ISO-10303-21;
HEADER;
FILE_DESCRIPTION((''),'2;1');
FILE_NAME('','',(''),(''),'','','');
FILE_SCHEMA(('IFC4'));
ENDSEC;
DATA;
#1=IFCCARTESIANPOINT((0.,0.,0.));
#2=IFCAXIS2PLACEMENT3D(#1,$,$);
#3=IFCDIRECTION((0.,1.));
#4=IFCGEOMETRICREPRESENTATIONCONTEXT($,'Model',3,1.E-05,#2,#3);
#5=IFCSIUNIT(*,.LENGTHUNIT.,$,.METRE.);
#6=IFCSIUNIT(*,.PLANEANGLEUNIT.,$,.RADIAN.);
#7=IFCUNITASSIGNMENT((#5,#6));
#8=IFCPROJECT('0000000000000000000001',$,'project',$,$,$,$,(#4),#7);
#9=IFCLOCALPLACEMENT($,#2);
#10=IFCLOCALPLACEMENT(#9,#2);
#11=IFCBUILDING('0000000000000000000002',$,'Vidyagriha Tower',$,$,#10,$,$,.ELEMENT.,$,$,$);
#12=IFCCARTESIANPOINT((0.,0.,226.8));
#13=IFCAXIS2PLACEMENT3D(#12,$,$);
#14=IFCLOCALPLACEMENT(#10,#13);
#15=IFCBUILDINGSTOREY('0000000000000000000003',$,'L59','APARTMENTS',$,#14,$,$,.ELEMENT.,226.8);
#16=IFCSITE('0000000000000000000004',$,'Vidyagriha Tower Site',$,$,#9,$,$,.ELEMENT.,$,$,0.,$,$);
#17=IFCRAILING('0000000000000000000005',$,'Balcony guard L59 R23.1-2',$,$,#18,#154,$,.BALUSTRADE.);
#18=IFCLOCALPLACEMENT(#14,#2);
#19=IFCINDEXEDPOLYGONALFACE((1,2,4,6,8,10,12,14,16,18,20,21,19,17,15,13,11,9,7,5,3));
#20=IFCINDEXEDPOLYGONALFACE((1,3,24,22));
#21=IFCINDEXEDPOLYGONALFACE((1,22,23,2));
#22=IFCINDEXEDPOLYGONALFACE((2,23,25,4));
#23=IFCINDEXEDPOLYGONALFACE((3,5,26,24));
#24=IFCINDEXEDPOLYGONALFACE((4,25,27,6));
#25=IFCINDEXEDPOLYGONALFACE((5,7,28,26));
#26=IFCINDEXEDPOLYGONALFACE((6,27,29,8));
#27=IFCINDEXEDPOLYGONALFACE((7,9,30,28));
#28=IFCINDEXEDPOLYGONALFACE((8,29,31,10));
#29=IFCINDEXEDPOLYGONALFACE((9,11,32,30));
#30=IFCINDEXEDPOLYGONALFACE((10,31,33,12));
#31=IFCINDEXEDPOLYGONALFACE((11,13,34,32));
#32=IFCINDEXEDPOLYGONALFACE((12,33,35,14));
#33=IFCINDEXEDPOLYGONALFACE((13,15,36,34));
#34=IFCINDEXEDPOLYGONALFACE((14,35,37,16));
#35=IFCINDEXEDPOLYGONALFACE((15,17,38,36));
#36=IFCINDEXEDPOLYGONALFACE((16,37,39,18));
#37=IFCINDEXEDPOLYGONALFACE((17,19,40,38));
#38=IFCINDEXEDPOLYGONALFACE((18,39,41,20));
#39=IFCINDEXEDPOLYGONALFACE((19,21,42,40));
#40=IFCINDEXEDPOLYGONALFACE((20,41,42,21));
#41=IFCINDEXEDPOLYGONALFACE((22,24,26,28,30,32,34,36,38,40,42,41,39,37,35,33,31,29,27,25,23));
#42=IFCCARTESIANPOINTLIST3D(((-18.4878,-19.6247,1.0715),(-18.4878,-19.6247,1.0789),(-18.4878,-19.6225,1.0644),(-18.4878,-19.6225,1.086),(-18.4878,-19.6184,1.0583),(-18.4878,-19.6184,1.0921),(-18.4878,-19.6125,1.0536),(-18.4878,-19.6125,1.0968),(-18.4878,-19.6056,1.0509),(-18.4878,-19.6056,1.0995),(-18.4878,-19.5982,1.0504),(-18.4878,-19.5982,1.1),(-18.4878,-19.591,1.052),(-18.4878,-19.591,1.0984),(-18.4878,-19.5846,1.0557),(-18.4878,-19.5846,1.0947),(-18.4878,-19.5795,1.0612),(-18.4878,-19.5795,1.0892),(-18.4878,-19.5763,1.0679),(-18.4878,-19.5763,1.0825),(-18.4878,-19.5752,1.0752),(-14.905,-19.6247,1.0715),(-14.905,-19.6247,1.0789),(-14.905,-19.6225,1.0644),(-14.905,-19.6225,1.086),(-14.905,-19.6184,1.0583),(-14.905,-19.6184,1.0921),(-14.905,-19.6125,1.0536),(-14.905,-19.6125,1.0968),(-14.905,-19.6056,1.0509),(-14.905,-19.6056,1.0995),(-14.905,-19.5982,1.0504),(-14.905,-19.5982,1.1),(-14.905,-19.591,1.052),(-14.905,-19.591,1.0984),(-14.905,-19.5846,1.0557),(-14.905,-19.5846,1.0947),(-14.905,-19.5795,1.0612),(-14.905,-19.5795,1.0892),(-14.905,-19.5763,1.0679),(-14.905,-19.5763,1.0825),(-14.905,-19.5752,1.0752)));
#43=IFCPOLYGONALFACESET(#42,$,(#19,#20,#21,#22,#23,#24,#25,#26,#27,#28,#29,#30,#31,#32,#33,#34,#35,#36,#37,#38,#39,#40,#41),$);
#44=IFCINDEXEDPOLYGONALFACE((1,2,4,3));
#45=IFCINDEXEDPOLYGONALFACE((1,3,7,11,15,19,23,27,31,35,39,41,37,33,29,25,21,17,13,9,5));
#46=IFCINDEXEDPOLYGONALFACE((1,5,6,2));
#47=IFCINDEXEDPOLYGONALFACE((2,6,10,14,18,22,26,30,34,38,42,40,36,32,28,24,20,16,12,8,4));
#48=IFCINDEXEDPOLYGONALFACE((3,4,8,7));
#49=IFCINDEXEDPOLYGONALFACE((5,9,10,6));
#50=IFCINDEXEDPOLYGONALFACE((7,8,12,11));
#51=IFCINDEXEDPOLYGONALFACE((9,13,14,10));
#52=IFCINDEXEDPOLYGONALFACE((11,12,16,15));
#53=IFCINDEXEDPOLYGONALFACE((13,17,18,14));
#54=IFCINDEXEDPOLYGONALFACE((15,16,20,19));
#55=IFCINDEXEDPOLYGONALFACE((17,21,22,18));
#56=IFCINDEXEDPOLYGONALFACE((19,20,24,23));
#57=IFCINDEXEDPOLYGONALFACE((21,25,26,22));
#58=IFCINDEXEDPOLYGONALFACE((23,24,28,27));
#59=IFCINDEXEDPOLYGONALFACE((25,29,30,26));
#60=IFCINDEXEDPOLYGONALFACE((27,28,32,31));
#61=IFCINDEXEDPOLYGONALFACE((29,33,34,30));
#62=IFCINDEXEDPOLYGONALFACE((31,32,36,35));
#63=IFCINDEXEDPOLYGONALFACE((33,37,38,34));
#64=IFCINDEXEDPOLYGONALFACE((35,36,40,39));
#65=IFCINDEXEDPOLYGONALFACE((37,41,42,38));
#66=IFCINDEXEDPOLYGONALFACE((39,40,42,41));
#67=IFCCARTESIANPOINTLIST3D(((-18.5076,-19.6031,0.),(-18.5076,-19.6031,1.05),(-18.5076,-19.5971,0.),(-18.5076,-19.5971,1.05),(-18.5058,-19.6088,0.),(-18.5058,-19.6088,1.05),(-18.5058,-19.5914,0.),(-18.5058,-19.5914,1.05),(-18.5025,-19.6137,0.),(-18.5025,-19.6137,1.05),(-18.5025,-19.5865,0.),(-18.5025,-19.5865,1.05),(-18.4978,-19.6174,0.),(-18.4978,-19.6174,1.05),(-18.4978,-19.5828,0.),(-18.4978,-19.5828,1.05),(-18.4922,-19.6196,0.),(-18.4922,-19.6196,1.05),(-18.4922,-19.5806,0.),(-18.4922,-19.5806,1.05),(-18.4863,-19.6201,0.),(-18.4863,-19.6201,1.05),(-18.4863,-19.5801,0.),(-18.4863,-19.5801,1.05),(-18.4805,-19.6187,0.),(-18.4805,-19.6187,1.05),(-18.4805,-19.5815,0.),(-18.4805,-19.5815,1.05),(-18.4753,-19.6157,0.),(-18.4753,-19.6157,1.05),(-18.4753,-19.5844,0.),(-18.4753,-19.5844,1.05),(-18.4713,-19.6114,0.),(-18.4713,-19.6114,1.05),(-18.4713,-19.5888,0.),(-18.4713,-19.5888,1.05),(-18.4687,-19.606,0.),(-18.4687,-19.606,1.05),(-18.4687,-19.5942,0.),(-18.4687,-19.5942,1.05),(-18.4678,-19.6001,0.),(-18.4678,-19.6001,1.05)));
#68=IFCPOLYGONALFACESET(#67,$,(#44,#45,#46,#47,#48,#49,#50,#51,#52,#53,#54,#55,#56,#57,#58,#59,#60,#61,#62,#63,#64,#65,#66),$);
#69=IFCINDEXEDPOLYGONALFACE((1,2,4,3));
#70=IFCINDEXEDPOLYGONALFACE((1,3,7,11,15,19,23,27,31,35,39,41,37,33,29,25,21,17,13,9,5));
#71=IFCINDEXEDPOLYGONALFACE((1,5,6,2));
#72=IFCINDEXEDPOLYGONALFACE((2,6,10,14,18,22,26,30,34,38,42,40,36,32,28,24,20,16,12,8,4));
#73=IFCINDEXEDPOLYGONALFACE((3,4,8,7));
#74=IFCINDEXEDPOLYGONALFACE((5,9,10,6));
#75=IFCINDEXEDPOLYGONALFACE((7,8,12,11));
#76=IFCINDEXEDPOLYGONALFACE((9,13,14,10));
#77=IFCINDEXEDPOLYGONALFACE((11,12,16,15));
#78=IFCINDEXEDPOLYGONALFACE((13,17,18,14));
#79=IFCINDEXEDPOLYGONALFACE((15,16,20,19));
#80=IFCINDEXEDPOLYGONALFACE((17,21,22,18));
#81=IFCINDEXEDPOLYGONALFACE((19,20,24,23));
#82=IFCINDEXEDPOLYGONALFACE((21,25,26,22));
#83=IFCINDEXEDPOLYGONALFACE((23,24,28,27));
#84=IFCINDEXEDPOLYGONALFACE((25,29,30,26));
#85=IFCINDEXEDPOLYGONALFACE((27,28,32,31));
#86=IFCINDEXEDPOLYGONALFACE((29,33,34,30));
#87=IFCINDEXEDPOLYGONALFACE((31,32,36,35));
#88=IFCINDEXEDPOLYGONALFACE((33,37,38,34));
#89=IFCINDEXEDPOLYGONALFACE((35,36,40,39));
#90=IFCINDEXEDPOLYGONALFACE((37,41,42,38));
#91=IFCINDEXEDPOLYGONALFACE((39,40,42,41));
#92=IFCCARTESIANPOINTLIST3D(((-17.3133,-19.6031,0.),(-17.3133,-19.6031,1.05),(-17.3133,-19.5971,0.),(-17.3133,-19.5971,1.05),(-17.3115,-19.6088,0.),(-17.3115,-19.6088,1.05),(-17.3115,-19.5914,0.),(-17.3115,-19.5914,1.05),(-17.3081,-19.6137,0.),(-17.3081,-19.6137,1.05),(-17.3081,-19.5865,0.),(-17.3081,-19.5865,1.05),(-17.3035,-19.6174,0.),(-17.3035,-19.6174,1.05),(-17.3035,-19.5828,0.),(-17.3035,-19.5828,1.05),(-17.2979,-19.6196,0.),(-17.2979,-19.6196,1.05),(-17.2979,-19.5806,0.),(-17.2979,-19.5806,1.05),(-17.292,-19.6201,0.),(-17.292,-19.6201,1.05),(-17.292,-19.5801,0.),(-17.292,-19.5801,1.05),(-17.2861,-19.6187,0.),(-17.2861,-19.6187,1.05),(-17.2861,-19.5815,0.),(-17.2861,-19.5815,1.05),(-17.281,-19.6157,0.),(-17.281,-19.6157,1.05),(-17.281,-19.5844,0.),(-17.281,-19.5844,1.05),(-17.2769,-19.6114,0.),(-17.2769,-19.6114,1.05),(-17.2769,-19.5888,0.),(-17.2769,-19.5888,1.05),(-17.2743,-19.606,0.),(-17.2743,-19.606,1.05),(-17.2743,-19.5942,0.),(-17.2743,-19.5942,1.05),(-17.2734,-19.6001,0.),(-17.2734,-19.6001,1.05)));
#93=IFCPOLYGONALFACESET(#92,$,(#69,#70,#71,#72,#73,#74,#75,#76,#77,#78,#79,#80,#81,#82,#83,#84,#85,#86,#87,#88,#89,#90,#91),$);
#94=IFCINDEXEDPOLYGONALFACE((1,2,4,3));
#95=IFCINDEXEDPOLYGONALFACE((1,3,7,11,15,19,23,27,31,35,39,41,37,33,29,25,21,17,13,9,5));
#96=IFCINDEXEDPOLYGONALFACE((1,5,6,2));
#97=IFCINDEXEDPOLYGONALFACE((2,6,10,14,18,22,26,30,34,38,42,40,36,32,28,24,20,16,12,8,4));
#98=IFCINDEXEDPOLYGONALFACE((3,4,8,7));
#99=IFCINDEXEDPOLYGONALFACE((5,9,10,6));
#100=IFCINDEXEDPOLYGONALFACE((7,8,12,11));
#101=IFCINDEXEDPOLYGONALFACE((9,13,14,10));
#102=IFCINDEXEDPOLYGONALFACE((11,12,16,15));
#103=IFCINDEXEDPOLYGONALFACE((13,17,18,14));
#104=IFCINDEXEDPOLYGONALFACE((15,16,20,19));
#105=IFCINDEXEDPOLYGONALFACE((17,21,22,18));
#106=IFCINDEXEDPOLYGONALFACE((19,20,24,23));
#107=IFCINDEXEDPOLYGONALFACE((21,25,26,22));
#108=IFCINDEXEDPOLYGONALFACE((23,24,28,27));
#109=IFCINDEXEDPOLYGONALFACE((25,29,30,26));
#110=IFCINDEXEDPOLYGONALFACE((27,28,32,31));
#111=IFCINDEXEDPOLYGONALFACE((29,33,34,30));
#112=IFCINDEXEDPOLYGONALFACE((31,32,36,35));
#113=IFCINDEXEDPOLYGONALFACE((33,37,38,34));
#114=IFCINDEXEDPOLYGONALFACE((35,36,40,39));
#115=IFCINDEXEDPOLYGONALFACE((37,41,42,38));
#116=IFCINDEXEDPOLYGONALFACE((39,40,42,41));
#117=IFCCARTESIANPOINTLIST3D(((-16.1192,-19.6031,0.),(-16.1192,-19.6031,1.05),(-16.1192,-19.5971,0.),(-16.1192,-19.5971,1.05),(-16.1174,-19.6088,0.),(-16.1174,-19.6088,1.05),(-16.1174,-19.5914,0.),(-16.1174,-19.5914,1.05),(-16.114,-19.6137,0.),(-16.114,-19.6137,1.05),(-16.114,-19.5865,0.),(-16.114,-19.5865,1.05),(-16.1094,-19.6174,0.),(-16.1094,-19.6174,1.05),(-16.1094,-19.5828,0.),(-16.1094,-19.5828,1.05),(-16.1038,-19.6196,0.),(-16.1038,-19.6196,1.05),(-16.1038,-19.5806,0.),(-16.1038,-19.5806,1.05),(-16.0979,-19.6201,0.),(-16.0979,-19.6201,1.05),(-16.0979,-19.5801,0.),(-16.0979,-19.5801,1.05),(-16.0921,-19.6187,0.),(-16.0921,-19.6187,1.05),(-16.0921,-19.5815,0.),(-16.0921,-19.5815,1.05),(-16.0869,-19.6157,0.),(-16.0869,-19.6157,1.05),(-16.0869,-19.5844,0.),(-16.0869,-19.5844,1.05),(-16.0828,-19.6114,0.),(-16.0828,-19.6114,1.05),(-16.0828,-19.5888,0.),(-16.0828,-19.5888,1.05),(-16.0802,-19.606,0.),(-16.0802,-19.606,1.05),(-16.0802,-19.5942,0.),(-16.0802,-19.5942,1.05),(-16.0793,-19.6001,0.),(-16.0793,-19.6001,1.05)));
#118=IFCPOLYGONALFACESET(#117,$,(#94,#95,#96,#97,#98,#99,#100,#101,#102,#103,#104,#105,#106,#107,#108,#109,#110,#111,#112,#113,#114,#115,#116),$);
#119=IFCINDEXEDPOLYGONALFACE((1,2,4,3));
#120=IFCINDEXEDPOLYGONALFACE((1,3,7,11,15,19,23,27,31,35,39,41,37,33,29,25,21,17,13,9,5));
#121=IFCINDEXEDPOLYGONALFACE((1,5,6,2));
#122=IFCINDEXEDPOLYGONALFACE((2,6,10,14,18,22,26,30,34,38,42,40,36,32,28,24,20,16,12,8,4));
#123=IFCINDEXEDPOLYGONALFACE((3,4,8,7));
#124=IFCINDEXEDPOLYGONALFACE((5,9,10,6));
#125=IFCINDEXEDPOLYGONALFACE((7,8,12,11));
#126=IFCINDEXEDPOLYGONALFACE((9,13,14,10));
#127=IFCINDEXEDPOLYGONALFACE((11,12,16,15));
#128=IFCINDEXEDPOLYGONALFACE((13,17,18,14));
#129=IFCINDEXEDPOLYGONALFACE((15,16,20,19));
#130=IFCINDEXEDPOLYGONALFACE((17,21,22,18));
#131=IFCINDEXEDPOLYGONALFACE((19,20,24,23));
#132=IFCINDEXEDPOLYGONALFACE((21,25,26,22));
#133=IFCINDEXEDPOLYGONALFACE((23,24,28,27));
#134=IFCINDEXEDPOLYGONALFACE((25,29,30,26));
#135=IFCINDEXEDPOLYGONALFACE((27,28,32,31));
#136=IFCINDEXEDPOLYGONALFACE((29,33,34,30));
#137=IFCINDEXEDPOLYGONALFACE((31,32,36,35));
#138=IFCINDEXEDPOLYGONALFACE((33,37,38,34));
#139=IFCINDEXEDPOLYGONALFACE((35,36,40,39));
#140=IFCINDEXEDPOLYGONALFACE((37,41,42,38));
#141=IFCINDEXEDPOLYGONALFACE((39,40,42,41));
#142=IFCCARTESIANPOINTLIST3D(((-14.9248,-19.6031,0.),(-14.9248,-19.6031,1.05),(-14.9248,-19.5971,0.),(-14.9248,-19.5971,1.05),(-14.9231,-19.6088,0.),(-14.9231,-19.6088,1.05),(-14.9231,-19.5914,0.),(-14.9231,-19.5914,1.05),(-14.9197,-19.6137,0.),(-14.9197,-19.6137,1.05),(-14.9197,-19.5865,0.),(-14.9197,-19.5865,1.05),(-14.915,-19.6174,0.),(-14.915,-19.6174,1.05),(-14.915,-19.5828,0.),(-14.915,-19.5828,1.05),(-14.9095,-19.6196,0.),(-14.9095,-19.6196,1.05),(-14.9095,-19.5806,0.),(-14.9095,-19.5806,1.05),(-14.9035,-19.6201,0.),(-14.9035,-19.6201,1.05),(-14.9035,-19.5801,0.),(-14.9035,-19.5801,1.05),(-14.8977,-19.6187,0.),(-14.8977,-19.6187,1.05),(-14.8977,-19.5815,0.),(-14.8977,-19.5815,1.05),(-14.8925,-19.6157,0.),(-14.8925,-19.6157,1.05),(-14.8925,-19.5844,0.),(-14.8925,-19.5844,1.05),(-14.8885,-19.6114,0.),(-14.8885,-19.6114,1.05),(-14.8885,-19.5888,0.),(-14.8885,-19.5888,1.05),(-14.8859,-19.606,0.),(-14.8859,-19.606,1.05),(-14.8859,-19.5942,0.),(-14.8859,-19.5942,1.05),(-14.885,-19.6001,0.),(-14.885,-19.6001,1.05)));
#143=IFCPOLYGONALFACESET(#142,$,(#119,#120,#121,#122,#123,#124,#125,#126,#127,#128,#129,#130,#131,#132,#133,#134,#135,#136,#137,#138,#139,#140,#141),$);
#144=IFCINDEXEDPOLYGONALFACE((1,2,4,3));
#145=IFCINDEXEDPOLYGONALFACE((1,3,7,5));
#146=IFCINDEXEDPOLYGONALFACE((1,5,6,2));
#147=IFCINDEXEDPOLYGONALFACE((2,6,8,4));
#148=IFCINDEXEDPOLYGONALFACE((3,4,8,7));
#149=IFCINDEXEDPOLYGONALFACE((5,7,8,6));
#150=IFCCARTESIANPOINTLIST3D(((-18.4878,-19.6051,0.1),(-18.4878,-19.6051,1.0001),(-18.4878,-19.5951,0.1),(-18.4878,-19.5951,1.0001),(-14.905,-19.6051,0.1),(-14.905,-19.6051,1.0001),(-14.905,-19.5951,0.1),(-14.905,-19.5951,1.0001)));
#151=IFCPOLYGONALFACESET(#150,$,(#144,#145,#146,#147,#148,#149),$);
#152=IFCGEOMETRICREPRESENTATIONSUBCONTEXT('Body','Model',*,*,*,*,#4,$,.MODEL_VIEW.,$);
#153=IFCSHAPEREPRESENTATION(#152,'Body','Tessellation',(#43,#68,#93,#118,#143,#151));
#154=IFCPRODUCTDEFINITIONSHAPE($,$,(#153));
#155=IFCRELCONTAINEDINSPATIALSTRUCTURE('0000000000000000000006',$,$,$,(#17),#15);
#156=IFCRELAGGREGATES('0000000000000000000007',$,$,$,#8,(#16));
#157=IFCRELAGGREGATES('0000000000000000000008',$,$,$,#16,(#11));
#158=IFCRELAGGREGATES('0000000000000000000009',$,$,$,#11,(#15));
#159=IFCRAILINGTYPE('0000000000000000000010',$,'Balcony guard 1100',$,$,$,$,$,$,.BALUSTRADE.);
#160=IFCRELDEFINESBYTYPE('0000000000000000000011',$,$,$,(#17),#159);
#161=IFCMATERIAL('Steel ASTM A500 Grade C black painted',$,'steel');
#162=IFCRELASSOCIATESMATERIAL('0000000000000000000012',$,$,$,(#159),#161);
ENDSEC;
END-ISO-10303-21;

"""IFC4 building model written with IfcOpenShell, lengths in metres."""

from ifc_helpers import new_model, si_unit, direction, frame, origin, origin_2d, place, context, subcontext, project, spatial, rectangle, circle, extrude, material, type_object, element, save


model = new_model("IFC4")

# Units and contexts
model_context = context("Model", 3, precision=1e-05, world=origin(), true_north=direction((0.0, 1.0)))
body_context = subcontext(model_context, "Body", "Model", "MODEL_VIEW")
ifc_project = project(units=[si_unit("LENGTHUNIT", "METRE"), si_unit("PLANEANGLEUNIT", "RADIAN")], contexts=[model_context])

# Site, building, storey
site_placement = place(None, origin())
site = spatial("IfcSite", under=ifc_project, at=site_placement, Name="Vidyagriha Tower Site", CompositionType="ELEMENT", RefElevation=0.0)
building_placement = place(site_placement, origin())
building = spatial("IfcBuilding", under=site, at=building_placement, Name="Vidyagriha Tower", CompositionType="ELEMENT")
storey_placement = place(building_placement, frame((0.0, 0.0, 226.8)))
storey = spatial("IfcBuildingStorey", under=building, at=storey_placement, Name="L59", Description="APARTMENTS", CompositionType="ELEMENT", Elevation=226.8)

# Railing
ifc_material_1 = material(Name="Steel ASTM A500 Grade C black painted", Category="steel")
railing_type = type_object("IfcRailingType", Name="Balcony guard 1100", PredefinedType="BALUSTRADE", material=ifc_material_1)
railing_1_placement = place(storey_placement, frame((-18.4878, -19.6001, 0.0)))
element("IfcRailing", 1, at=railing_1_placement, inside=storey, type_object=railing_type, Name="Balcony guard L59 R23.1-2", PredefinedType="BALUSTRADE", context=body_context, shape_type="SweptSolid", body=[
    extrude(circle(Radius=0.0249, at=origin_2d()), frame((0.0, 0.0, 1.0752), z_axis=(1.0, 0.0, 0.0), x_axis=(0.0, 1.0, 0.0)), (0.0, 0.0, 1.0), 3.5828),
    extrude(circle(Radius=0.02, at=origin_2d()), origin(), (0.0, 0.0, 1.0), 1.05),
    extrude(circle(Radius=0.02, at=origin_2d()), frame((1.1943, 0.0, 0.0)), (0.0, 0.0, 1.0), 1.05),
    extrude(circle(Radius=0.02, at=origin_2d()), frame((2.3884, 0.0, 0.0)), (0.0, 0.0, 1.0), 1.05),
    extrude(circle(Radius=0.02, at=origin_2d()), frame((3.5828, 0.0, 0.0)), (0.0, 0.0, 1.0), 1.05),
    extrude(rectangle(XDim=0.01, YDim=0.9001, at=origin_2d()), frame((0.0, 0.0, 0.55), z_axis=(1.0, 0.0, 0.0), x_axis=(0.0, 1.0, 0.0)), (0.0, 0.0, 1.0), 3.5828),
])

save(model, "model.ifc")
